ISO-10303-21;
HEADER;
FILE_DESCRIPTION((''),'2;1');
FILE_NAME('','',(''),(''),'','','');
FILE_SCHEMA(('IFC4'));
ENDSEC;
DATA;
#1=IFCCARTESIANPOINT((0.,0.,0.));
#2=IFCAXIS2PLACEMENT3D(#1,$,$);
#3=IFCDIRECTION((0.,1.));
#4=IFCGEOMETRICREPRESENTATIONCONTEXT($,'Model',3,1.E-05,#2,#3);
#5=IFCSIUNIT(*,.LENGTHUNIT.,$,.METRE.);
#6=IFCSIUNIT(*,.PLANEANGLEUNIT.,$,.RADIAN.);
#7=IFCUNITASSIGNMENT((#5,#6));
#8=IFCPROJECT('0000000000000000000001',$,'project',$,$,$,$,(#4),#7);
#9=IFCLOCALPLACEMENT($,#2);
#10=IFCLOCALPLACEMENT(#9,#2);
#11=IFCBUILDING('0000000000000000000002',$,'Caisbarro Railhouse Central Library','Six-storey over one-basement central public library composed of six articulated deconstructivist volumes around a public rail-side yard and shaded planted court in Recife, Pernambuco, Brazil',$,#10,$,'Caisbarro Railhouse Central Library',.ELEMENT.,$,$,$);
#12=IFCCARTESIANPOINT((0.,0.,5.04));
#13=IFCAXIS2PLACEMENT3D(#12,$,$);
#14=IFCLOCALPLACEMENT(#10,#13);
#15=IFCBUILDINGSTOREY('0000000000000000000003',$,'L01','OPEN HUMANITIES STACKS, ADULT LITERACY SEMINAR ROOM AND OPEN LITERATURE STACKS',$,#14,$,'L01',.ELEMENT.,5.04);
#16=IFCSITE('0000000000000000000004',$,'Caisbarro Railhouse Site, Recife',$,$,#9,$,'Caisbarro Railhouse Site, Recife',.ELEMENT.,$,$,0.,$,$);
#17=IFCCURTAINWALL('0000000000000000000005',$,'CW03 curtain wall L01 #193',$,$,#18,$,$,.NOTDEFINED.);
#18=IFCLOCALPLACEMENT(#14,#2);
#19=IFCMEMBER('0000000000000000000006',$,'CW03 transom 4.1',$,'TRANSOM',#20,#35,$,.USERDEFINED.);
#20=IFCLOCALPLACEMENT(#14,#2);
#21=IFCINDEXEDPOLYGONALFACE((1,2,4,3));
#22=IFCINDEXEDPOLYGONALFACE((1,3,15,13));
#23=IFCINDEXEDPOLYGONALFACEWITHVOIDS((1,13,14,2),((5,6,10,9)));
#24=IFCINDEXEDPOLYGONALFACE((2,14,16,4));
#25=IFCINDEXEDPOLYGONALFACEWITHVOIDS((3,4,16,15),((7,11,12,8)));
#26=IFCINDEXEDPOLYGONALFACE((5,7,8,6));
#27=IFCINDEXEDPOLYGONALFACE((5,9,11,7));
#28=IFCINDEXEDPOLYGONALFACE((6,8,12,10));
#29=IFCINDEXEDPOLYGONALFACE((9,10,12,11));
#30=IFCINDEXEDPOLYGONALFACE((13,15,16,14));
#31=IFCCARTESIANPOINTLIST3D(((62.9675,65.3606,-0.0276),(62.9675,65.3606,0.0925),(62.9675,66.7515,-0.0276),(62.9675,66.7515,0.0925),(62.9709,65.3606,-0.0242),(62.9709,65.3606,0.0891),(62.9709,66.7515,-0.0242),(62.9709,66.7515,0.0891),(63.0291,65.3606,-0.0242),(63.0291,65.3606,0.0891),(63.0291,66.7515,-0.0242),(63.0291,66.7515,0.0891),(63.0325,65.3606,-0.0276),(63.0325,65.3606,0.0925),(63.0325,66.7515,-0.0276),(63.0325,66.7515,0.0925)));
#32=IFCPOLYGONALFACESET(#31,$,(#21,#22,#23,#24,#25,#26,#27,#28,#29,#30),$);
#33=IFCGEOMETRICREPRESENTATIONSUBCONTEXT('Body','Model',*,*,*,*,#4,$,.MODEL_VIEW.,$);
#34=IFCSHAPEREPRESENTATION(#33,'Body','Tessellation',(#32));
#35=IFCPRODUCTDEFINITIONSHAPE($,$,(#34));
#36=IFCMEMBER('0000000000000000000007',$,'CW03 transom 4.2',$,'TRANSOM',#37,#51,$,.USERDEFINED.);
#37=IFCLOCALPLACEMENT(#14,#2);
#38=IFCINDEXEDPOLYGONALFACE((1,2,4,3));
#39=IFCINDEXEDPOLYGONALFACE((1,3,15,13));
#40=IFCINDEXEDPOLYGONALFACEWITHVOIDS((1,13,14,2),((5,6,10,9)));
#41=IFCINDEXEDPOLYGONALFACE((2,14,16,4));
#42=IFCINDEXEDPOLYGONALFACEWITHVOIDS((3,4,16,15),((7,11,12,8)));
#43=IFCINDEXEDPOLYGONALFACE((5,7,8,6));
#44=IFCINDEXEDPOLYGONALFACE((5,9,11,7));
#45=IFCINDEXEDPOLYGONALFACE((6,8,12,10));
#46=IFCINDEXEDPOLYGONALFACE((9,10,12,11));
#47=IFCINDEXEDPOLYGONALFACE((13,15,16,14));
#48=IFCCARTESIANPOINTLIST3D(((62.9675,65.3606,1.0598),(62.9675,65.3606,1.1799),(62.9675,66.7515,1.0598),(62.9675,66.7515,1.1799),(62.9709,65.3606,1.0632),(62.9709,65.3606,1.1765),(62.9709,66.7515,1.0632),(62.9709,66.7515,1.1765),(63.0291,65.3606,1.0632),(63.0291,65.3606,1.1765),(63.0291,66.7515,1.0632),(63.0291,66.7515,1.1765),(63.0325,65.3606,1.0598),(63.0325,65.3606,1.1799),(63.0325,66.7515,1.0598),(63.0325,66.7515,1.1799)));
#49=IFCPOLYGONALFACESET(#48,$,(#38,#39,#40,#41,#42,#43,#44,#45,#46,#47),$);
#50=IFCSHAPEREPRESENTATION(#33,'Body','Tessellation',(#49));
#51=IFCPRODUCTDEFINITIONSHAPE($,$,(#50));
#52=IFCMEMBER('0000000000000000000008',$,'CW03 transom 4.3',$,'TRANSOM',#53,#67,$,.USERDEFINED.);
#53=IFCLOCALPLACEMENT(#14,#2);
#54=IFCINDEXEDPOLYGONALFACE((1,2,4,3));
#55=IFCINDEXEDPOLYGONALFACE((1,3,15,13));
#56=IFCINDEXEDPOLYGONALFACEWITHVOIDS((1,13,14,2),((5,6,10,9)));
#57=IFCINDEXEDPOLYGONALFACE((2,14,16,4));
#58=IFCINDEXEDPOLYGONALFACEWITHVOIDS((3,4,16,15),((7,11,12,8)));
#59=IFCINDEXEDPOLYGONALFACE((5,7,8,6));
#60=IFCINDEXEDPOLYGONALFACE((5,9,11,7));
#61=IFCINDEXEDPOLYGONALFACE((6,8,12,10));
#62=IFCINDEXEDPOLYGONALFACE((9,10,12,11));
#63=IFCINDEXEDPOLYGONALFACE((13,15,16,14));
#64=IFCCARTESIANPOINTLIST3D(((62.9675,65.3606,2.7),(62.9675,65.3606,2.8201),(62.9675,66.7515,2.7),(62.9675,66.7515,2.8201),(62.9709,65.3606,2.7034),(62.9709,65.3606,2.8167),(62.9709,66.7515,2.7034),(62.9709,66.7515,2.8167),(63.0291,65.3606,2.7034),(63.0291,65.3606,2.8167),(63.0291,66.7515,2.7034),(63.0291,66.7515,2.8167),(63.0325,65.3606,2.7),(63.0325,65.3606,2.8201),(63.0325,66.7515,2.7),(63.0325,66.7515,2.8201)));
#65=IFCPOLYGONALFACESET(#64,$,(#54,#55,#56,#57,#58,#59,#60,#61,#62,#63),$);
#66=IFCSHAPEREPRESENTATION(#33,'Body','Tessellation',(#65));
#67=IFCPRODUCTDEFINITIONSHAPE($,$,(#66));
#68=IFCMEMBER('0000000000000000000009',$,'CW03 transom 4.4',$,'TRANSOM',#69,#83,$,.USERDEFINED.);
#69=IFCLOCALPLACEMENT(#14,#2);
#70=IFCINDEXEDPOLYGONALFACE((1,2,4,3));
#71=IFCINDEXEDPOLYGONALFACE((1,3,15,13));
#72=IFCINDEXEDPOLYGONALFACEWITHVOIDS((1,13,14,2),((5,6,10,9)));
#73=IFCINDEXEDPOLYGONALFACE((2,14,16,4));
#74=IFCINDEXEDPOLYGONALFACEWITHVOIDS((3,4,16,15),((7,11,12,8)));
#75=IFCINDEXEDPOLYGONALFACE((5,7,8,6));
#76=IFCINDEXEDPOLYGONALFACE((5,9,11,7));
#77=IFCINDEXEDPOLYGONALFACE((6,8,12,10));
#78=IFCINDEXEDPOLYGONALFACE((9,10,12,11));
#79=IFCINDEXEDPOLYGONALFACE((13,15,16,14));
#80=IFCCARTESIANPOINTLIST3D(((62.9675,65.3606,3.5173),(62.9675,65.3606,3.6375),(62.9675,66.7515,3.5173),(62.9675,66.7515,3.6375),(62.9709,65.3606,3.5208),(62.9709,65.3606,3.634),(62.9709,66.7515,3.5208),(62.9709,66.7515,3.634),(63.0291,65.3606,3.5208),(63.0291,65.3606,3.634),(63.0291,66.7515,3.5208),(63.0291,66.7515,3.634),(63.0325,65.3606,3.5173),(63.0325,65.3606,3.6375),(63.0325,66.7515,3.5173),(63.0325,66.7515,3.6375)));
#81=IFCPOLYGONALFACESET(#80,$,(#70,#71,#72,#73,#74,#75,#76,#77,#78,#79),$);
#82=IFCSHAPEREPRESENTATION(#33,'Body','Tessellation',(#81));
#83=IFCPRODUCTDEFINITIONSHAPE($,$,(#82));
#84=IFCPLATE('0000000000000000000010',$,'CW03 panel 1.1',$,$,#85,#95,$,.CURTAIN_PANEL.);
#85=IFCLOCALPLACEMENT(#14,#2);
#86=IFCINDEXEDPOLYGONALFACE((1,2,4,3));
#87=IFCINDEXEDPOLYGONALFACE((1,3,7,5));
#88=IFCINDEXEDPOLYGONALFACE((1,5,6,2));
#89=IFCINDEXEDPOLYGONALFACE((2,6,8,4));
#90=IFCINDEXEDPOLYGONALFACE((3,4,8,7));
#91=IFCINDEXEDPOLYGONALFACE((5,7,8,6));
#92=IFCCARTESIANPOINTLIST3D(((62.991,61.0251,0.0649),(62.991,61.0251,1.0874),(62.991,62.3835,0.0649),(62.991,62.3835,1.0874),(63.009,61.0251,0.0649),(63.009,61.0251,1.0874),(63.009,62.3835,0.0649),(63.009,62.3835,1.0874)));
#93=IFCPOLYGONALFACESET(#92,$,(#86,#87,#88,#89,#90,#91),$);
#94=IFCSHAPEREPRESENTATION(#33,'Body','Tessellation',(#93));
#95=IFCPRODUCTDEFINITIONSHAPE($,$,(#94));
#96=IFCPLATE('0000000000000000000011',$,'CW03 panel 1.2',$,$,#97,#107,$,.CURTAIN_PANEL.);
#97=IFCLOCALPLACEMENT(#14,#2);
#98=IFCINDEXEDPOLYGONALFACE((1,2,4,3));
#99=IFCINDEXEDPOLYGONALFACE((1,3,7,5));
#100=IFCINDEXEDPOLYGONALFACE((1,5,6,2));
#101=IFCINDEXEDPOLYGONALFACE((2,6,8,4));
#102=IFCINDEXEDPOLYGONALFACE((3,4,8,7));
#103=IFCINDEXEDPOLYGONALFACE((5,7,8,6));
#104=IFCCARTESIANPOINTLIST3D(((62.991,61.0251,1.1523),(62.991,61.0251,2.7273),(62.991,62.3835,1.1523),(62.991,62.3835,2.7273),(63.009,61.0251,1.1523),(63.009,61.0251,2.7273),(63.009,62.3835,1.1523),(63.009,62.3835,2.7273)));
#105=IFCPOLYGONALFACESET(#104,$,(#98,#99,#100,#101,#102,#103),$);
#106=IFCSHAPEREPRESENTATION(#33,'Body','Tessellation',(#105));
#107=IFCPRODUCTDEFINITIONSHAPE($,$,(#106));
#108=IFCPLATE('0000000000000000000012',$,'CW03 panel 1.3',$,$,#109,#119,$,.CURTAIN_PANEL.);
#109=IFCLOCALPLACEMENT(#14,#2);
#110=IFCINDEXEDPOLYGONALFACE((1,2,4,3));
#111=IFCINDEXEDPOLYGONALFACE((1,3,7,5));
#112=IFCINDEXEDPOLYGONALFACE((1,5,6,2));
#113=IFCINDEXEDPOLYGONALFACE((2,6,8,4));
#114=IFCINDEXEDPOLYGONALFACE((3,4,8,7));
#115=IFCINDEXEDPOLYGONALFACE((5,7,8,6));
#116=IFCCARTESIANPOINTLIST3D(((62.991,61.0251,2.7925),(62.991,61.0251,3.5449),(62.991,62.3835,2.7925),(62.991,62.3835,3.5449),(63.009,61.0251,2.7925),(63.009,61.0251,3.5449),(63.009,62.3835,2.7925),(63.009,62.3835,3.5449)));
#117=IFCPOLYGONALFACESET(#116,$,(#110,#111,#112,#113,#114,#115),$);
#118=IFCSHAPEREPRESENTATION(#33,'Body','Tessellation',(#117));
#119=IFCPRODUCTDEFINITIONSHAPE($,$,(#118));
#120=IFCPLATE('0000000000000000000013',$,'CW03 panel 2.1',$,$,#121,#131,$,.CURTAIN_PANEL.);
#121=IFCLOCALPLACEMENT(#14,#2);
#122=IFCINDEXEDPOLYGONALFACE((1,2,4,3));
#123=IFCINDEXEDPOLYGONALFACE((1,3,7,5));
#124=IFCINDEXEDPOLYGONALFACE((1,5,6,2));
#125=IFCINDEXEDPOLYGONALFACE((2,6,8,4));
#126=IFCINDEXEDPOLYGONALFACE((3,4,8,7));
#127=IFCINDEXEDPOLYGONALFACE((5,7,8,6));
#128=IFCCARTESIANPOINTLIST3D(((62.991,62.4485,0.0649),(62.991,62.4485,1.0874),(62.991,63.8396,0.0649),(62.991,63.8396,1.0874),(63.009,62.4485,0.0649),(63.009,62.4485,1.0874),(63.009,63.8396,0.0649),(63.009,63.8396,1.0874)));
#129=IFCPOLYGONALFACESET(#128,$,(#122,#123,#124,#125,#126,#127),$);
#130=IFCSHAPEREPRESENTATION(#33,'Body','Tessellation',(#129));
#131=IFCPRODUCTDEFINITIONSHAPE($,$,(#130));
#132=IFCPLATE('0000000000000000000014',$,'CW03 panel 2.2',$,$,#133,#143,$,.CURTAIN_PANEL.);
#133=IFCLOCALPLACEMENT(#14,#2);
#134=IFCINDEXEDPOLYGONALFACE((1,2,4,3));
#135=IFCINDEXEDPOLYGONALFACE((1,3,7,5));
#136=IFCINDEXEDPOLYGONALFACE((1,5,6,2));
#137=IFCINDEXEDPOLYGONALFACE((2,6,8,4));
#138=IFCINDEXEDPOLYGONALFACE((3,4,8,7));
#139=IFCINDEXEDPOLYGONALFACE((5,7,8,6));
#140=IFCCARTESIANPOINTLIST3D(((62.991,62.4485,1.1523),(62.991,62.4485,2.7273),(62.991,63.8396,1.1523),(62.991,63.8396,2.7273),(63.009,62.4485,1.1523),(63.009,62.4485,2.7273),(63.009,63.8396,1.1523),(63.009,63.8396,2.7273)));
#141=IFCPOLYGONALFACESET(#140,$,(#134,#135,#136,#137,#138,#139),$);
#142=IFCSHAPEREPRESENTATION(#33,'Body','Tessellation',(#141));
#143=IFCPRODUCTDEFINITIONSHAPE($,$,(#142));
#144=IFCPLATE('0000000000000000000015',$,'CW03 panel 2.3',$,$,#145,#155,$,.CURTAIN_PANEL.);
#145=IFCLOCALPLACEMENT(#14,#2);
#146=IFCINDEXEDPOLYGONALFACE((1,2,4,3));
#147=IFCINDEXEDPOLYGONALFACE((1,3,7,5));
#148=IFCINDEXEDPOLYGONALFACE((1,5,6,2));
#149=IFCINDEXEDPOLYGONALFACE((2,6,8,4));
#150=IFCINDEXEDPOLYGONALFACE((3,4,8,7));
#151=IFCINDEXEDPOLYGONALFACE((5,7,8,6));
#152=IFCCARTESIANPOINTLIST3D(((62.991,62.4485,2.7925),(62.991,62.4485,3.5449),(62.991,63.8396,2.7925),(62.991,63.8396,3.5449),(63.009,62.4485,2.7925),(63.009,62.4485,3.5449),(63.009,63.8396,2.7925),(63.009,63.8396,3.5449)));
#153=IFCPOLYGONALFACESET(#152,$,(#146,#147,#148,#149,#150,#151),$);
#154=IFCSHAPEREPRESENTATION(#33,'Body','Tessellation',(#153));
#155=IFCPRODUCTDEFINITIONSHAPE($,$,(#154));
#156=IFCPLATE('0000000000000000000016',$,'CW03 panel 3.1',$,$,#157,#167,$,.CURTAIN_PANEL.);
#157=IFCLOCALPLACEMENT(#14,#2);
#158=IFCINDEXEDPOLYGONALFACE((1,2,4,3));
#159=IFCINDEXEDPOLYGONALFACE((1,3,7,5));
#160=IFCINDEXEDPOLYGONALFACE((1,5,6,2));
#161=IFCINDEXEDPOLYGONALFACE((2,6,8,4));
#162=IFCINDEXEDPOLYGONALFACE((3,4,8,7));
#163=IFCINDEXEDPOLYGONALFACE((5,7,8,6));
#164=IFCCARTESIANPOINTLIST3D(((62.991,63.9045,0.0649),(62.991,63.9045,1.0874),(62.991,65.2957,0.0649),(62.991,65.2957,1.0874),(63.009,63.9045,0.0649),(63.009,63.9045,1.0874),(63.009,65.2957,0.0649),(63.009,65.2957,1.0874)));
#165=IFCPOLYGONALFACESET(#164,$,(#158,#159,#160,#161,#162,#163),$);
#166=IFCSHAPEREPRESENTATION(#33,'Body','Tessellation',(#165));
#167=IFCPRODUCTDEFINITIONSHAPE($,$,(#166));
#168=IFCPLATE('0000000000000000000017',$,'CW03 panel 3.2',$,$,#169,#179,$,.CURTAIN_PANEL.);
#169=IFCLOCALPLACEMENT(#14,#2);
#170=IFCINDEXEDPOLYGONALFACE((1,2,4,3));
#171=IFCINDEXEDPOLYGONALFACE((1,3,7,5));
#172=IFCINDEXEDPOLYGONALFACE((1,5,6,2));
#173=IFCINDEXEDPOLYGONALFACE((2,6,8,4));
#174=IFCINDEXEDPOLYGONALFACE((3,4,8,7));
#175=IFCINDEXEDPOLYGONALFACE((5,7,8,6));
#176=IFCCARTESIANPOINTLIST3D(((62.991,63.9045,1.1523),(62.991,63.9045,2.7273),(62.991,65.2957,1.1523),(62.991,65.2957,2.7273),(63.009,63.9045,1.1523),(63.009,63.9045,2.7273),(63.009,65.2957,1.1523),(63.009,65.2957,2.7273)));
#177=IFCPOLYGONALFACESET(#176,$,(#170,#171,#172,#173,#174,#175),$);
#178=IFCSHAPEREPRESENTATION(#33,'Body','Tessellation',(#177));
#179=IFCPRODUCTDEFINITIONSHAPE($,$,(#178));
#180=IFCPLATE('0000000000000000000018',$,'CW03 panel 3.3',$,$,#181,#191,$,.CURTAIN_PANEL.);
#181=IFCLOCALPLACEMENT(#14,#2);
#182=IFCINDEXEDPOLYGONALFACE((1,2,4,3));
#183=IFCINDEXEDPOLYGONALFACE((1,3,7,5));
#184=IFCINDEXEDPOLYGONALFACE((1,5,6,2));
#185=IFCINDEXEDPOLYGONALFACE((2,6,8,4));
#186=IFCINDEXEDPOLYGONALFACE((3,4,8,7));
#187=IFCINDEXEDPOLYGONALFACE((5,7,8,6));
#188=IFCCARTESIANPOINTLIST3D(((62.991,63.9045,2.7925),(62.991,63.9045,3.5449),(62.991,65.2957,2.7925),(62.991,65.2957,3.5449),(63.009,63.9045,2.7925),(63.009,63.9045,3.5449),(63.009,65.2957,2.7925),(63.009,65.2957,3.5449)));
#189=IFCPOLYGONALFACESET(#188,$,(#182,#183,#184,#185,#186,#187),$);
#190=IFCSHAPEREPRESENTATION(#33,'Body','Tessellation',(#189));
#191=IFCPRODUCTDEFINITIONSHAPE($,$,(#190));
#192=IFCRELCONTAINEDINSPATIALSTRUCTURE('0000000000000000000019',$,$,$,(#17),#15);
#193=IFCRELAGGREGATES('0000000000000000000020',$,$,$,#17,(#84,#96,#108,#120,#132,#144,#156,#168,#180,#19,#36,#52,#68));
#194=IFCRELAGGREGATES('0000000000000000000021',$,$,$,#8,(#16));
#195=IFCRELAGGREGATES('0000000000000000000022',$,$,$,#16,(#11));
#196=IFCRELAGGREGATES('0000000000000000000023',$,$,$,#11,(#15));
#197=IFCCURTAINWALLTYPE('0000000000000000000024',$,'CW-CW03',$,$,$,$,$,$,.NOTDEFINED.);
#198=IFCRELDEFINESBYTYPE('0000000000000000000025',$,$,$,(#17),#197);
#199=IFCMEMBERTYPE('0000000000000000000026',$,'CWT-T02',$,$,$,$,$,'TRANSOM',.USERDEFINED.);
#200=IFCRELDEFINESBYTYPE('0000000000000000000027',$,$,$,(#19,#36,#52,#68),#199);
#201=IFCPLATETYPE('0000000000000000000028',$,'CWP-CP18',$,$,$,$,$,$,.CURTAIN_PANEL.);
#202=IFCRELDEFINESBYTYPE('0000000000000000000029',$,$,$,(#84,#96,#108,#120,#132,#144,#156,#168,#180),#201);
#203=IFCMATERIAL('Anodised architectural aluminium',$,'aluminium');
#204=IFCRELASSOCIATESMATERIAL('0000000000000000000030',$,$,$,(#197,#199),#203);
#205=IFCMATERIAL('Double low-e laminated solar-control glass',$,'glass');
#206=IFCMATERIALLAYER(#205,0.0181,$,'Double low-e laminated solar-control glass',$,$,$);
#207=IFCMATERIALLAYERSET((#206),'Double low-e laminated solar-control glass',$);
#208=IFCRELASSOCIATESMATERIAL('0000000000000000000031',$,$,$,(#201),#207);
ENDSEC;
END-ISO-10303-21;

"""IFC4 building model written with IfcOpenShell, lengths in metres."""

from ifc_helpers import new_model, si_unit, direction, frame, origin, origin_2d, place, context, subcontext, project, spatial, rectangle, hollow_rectangle, extrude, material, layer, layer_set, material_profile, profile_set, type_object, element, aggregate, save


model = new_model("IFC4")

# Units and contexts
model_context = context("Model", 3, precision=1e-05, world=origin(), true_north=direction((0.0, 1.0)))
body_context = subcontext(model_context, "Body", "Model", "MODEL_VIEW")
ifc_project = project(units=[si_unit("LENGTHUNIT", "METRE"), si_unit("PLANEANGLEUNIT", "RADIAN")], contexts=[model_context])

# Site, building, storey
site_placement = place(None, origin())
site = spatial("IfcSite", under=ifc_project, at=site_placement, Name="Caisbarro Railhouse Site, Recife", LongName="Caisbarro Railhouse Site, Recife", CompositionType="ELEMENT", RefElevation=0.0)
building_placement = place(site_placement, origin())
building = spatial("IfcBuilding", under=site, at=building_placement, Name="Caisbarro Railhouse Central Library", Description="Six-storey over one-basement central public library composed of six articulated deconstructivist volumes around a public rail-side yard and shaded planted court in Recife, Pernambuco, Brazil", LongName="Caisbarro Railhouse Central Library", CompositionType="ELEMENT")
storey_placement = place(building_placement, frame((0.0, 0.0, 5.04)))
storey = spatial("IfcBuildingStorey", under=building, at=storey_placement, Name="L01", Description="OPEN HUMANITIES STACKS, ADULT LITERACY SEMINAR ROOM AND OPEN LITERATURE STACKS", LongName="L01", CompositionType="ELEMENT", Elevation=5.04)

# Curtain wall, members, plates
ifc_material_1 = material(Name="Anodised architectural aluminium", Category="aluminium")
curtain_wall_type = type_object("IfcCurtainWallType", Name="CW-CW03", PredefinedType="NOTDEFINED", material=ifc_material_1)
curtain_wall_placement = place(storey_placement, origin())
curtain_wall = element("IfcCurtainWall", 1, at=curtain_wall_placement, inside=storey, type_object=curtain_wall_type, Name="CW03 curtain wall L01 #193", PredefinedType="NOTDEFINED")
ifc_material_profile_1 = material_profile(ifc_material_1, hollow_rectangle(XDim=0.0649, YDim=0.1201, WallThickness=0.0034, at=origin_2d()), Name="ALU-TRN-65X120")
ifc_profile_set_1 = profile_set([ifc_material_profile_1], Name="Anodised architectural aluminium")
member_type_1 = type_object("IfcMemberType", Name="CWT-T02", ElementType="TRANSOM", PredefinedType="USERDEFINED", material=ifc_profile_set_1)
member_1_placement = place(storey_placement, frame((63.0, 65.3606, 0.0325), z_axis=(0.0, 1.0, 0.0), x_axis=(-1.0, 0.0, 0.0)))
member_1 = element("IfcMember", 2, at=member_1_placement, type_object=member_type_1, Name="CW03 transom 4.1", ObjectType="TRANSOM", PredefinedType="USERDEFINED", context=body_context, shape_type="SweptSolid", body=[
    extrude(hollow_rectangle(XDim=0.0649, YDim=0.1201, WallThickness=0.0034, at=origin_2d()), origin(), (0.0, 0.0, 1.0), 1.3909),
])
member_2_placement = place(storey_placement, frame((63.0, 65.3606, 1.1199), z_axis=(0.0, 1.0, 0.0), x_axis=(-1.0, 0.0, 0.0)))
member_2 = element("IfcMember", 3, at=member_2_placement, type_object=member_type_1, Name="CW03 transom 4.2", ObjectType="TRANSOM", PredefinedType="USERDEFINED", context=body_context, shape_type="SweptSolid", body=[
    extrude(hollow_rectangle(XDim=0.0649, YDim=0.1201, WallThickness=0.0034, at=origin_2d()), origin(), (0.0, 0.0, 1.0), 1.3909),
])
member_3_placement = place(storey_placement, frame((63.0, 65.3606, 2.76), z_axis=(0.0, 1.0, 0.0), x_axis=(-1.0, 0.0, 0.0)))
member_3 = element("IfcMember", 4, at=member_3_placement, type_object=member_type_1, Name="CW03 transom 4.3", ObjectType="TRANSOM", PredefinedType="USERDEFINED", context=body_context, shape_type="SweptSolid", body=[
    extrude(hollow_rectangle(XDim=0.0649, YDim=0.1201, WallThickness=0.0034, at=origin_2d()), origin(), (0.0, 0.0, 1.0), 1.3909),
])
member_4_placement = place(storey_placement, frame((63.0, 65.3606, 3.5774), z_axis=(0.0, 1.0, 0.0), x_axis=(-1.0, 0.0, 0.0)))
member_4 = element("IfcMember", 5, at=member_4_placement, type_object=member_type_1, Name="CW03 transom 4.4", ObjectType="TRANSOM", PredefinedType="USERDEFINED", context=body_context, shape_type="SweptSolid", body=[
    extrude(hollow_rectangle(XDim=0.0649, YDim=0.1201, WallThickness=0.0034, at=origin_2d()), origin(), (0.0, 0.0, 1.0), 1.3909),
])
ifc_material_2 = material(Name="Double low-e laminated solar-control glass", Category="glass")
ifc_layer_1 = layer(ifc_material_2, 0.0181, Name="Double low-e laminated solar-control glass")
ifc_layer_set_1 = layer_set([ifc_layer_1], Name="Double low-e laminated solar-control glass")
plate_type = type_object("IfcPlateType", Name="CWP-CP18", PredefinedType="CURTAIN_PANEL", material=ifc_layer_set_1)
plate_1_placement = place(storey_placement, frame((63.0, 61.7043, 0.0649), z_axis=(0.0, 0.0, 1.0), x_axis=(0.0, 1.0, 0.0)))
plate_1 = element("IfcPlate", 6, at=plate_1_placement, type_object=plate_type, Name="CW03 panel 1.1", PredefinedType="CURTAIN_PANEL", context=body_context, shape_type="SweptSolid", body=[
    extrude(rectangle(XDim=1.3584, YDim=0.0181, at=origin_2d()), origin(), (0.0, 0.0, 1.0), 1.0225),
])
plate_2_placement = place(storey_placement, frame((63.0, 61.7043, 1.1523), z_axis=(0.0, 0.0, 1.0), x_axis=(0.0, 1.0, 0.0)))
plate_2 = element("IfcPlate", 7, at=plate_2_placement, type_object=plate_type, Name="CW03 panel 1.2", PredefinedType="CURTAIN_PANEL", context=body_context, shape_type="SweptSolid", body=[
    extrude(rectangle(XDim=1.3584, YDim=0.0181, at=origin_2d()), origin(), (0.0, 0.0, 1.0), 1.575),
])
plate_3_placement = place(storey_placement, frame((63.0, 61.7043, 2.7925), z_axis=(0.0, 0.0, 1.0), x_axis=(0.0, 1.0, 0.0)))
plate_3 = element("IfcPlate", 8, at=plate_3_placement, type_object=plate_type, Name="CW03 panel 1.3", PredefinedType="CURTAIN_PANEL", context=body_context, shape_type="SweptSolid", body=[
    extrude(rectangle(XDim=1.3584, YDim=0.0181, at=origin_2d()), origin(), (0.0, 0.0, 1.0), 0.7524),
])
plate_4_placement = place(storey_placement, frame((63.0, 63.144, 0.0649), z_axis=(0.0, 0.0, 1.0), x_axis=(0.0, 1.0, 0.0)))
plate_4 = element("IfcPlate", 9, at=plate_4_placement, type_object=plate_type, Name="CW03 panel 2.1", PredefinedType="CURTAIN_PANEL", context=body_context, shape_type="SweptSolid", body=[
    extrude(rectangle(XDim=1.3911, YDim=0.0181, at=origin_2d()), origin(), (0.0, 0.0, 1.0), 1.0225),
])
plate_5_placement = place(storey_placement, frame((63.0, 63.144, 1.1523), z_axis=(0.0, 0.0, 1.0), x_axis=(0.0, 1.0, 0.0)))
plate_5 = element("IfcPlate", 10, at=plate_5_placement, type_object=plate_type, Name="CW03 panel 2.2", PredefinedType="CURTAIN_PANEL", context=body_context, shape_type="SweptSolid", body=[
    extrude(rectangle(XDim=1.3911, YDim=0.0181, at=origin_2d()), origin(), (0.0, 0.0, 1.0), 1.575),
])
plate_6_placement = place(storey_placement, frame((63.0, 63.144, 2.7925), z_axis=(0.0, 0.0, 1.0), x_axis=(0.0, 1.0, 0.0)))
plate_6 = element("IfcPlate", 11, at=plate_6_placement, type_object=plate_type, Name="CW03 panel 2.3", PredefinedType="CURTAIN_PANEL", context=body_context, shape_type="SweptSolid", body=[
    extrude(rectangle(XDim=1.3911, YDim=0.0181, at=origin_2d()), origin(), (0.0, 0.0, 1.0), 0.7524),
])
plate_7_placement = place(storey_placement, frame((63.0, 64.6001, 0.0649), z_axis=(0.0, 0.0, 1.0), x_axis=(0.0, 1.0, 0.0)))
plate_7 = element("IfcPlate", 12, at=plate_7_placement, type_object=plate_type, Name="CW03 panel 3.1", PredefinedType="CURTAIN_PANEL", context=body_context, shape_type="SweptSolid", body=[
    extrude(rectangle(XDim=1.3911, YDim=0.0181, at=origin_2d()), origin(), (0.0, 0.0, 1.0), 1.0225),
])
plate_8_placement = place(storey_placement, frame((63.0, 64.6001, 1.1523), z_axis=(0.0, 0.0, 1.0), x_axis=(0.0, 1.0, 0.0)))
plate_8 = element("IfcPlate", 13, at=plate_8_placement, type_object=plate_type, Name="CW03 panel 3.2", PredefinedType="CURTAIN_PANEL", context=body_context, shape_type="SweptSolid", body=[
    extrude(rectangle(XDim=1.3911, YDim=0.0181, at=origin_2d()), origin(), (0.0, 0.0, 1.0), 1.575),
])
plate_9_placement = place(storey_placement, frame((63.0, 64.6001, 2.7925), z_axis=(0.0, 0.0, 1.0), x_axis=(0.0, 1.0, 0.0)))
plate_9 = element("IfcPlate", 14, at=plate_9_placement, type_object=plate_type, Name="CW03 panel 3.3", PredefinedType="CURTAIN_PANEL", context=body_context, shape_type="SweptSolid", body=[
    extrude(rectangle(XDim=1.3911, YDim=0.0181, at=origin_2d()), origin(), (0.0, 0.0, 1.0), 0.7524),
])
aggregate(curtain_wall, [plate_1, plate_2, plate_3, plate_4, plate_5, plate_6, plate_7, plate_8, plate_9, member_1, member_2, member_3, member_4])

save(model, "model.ifc")
